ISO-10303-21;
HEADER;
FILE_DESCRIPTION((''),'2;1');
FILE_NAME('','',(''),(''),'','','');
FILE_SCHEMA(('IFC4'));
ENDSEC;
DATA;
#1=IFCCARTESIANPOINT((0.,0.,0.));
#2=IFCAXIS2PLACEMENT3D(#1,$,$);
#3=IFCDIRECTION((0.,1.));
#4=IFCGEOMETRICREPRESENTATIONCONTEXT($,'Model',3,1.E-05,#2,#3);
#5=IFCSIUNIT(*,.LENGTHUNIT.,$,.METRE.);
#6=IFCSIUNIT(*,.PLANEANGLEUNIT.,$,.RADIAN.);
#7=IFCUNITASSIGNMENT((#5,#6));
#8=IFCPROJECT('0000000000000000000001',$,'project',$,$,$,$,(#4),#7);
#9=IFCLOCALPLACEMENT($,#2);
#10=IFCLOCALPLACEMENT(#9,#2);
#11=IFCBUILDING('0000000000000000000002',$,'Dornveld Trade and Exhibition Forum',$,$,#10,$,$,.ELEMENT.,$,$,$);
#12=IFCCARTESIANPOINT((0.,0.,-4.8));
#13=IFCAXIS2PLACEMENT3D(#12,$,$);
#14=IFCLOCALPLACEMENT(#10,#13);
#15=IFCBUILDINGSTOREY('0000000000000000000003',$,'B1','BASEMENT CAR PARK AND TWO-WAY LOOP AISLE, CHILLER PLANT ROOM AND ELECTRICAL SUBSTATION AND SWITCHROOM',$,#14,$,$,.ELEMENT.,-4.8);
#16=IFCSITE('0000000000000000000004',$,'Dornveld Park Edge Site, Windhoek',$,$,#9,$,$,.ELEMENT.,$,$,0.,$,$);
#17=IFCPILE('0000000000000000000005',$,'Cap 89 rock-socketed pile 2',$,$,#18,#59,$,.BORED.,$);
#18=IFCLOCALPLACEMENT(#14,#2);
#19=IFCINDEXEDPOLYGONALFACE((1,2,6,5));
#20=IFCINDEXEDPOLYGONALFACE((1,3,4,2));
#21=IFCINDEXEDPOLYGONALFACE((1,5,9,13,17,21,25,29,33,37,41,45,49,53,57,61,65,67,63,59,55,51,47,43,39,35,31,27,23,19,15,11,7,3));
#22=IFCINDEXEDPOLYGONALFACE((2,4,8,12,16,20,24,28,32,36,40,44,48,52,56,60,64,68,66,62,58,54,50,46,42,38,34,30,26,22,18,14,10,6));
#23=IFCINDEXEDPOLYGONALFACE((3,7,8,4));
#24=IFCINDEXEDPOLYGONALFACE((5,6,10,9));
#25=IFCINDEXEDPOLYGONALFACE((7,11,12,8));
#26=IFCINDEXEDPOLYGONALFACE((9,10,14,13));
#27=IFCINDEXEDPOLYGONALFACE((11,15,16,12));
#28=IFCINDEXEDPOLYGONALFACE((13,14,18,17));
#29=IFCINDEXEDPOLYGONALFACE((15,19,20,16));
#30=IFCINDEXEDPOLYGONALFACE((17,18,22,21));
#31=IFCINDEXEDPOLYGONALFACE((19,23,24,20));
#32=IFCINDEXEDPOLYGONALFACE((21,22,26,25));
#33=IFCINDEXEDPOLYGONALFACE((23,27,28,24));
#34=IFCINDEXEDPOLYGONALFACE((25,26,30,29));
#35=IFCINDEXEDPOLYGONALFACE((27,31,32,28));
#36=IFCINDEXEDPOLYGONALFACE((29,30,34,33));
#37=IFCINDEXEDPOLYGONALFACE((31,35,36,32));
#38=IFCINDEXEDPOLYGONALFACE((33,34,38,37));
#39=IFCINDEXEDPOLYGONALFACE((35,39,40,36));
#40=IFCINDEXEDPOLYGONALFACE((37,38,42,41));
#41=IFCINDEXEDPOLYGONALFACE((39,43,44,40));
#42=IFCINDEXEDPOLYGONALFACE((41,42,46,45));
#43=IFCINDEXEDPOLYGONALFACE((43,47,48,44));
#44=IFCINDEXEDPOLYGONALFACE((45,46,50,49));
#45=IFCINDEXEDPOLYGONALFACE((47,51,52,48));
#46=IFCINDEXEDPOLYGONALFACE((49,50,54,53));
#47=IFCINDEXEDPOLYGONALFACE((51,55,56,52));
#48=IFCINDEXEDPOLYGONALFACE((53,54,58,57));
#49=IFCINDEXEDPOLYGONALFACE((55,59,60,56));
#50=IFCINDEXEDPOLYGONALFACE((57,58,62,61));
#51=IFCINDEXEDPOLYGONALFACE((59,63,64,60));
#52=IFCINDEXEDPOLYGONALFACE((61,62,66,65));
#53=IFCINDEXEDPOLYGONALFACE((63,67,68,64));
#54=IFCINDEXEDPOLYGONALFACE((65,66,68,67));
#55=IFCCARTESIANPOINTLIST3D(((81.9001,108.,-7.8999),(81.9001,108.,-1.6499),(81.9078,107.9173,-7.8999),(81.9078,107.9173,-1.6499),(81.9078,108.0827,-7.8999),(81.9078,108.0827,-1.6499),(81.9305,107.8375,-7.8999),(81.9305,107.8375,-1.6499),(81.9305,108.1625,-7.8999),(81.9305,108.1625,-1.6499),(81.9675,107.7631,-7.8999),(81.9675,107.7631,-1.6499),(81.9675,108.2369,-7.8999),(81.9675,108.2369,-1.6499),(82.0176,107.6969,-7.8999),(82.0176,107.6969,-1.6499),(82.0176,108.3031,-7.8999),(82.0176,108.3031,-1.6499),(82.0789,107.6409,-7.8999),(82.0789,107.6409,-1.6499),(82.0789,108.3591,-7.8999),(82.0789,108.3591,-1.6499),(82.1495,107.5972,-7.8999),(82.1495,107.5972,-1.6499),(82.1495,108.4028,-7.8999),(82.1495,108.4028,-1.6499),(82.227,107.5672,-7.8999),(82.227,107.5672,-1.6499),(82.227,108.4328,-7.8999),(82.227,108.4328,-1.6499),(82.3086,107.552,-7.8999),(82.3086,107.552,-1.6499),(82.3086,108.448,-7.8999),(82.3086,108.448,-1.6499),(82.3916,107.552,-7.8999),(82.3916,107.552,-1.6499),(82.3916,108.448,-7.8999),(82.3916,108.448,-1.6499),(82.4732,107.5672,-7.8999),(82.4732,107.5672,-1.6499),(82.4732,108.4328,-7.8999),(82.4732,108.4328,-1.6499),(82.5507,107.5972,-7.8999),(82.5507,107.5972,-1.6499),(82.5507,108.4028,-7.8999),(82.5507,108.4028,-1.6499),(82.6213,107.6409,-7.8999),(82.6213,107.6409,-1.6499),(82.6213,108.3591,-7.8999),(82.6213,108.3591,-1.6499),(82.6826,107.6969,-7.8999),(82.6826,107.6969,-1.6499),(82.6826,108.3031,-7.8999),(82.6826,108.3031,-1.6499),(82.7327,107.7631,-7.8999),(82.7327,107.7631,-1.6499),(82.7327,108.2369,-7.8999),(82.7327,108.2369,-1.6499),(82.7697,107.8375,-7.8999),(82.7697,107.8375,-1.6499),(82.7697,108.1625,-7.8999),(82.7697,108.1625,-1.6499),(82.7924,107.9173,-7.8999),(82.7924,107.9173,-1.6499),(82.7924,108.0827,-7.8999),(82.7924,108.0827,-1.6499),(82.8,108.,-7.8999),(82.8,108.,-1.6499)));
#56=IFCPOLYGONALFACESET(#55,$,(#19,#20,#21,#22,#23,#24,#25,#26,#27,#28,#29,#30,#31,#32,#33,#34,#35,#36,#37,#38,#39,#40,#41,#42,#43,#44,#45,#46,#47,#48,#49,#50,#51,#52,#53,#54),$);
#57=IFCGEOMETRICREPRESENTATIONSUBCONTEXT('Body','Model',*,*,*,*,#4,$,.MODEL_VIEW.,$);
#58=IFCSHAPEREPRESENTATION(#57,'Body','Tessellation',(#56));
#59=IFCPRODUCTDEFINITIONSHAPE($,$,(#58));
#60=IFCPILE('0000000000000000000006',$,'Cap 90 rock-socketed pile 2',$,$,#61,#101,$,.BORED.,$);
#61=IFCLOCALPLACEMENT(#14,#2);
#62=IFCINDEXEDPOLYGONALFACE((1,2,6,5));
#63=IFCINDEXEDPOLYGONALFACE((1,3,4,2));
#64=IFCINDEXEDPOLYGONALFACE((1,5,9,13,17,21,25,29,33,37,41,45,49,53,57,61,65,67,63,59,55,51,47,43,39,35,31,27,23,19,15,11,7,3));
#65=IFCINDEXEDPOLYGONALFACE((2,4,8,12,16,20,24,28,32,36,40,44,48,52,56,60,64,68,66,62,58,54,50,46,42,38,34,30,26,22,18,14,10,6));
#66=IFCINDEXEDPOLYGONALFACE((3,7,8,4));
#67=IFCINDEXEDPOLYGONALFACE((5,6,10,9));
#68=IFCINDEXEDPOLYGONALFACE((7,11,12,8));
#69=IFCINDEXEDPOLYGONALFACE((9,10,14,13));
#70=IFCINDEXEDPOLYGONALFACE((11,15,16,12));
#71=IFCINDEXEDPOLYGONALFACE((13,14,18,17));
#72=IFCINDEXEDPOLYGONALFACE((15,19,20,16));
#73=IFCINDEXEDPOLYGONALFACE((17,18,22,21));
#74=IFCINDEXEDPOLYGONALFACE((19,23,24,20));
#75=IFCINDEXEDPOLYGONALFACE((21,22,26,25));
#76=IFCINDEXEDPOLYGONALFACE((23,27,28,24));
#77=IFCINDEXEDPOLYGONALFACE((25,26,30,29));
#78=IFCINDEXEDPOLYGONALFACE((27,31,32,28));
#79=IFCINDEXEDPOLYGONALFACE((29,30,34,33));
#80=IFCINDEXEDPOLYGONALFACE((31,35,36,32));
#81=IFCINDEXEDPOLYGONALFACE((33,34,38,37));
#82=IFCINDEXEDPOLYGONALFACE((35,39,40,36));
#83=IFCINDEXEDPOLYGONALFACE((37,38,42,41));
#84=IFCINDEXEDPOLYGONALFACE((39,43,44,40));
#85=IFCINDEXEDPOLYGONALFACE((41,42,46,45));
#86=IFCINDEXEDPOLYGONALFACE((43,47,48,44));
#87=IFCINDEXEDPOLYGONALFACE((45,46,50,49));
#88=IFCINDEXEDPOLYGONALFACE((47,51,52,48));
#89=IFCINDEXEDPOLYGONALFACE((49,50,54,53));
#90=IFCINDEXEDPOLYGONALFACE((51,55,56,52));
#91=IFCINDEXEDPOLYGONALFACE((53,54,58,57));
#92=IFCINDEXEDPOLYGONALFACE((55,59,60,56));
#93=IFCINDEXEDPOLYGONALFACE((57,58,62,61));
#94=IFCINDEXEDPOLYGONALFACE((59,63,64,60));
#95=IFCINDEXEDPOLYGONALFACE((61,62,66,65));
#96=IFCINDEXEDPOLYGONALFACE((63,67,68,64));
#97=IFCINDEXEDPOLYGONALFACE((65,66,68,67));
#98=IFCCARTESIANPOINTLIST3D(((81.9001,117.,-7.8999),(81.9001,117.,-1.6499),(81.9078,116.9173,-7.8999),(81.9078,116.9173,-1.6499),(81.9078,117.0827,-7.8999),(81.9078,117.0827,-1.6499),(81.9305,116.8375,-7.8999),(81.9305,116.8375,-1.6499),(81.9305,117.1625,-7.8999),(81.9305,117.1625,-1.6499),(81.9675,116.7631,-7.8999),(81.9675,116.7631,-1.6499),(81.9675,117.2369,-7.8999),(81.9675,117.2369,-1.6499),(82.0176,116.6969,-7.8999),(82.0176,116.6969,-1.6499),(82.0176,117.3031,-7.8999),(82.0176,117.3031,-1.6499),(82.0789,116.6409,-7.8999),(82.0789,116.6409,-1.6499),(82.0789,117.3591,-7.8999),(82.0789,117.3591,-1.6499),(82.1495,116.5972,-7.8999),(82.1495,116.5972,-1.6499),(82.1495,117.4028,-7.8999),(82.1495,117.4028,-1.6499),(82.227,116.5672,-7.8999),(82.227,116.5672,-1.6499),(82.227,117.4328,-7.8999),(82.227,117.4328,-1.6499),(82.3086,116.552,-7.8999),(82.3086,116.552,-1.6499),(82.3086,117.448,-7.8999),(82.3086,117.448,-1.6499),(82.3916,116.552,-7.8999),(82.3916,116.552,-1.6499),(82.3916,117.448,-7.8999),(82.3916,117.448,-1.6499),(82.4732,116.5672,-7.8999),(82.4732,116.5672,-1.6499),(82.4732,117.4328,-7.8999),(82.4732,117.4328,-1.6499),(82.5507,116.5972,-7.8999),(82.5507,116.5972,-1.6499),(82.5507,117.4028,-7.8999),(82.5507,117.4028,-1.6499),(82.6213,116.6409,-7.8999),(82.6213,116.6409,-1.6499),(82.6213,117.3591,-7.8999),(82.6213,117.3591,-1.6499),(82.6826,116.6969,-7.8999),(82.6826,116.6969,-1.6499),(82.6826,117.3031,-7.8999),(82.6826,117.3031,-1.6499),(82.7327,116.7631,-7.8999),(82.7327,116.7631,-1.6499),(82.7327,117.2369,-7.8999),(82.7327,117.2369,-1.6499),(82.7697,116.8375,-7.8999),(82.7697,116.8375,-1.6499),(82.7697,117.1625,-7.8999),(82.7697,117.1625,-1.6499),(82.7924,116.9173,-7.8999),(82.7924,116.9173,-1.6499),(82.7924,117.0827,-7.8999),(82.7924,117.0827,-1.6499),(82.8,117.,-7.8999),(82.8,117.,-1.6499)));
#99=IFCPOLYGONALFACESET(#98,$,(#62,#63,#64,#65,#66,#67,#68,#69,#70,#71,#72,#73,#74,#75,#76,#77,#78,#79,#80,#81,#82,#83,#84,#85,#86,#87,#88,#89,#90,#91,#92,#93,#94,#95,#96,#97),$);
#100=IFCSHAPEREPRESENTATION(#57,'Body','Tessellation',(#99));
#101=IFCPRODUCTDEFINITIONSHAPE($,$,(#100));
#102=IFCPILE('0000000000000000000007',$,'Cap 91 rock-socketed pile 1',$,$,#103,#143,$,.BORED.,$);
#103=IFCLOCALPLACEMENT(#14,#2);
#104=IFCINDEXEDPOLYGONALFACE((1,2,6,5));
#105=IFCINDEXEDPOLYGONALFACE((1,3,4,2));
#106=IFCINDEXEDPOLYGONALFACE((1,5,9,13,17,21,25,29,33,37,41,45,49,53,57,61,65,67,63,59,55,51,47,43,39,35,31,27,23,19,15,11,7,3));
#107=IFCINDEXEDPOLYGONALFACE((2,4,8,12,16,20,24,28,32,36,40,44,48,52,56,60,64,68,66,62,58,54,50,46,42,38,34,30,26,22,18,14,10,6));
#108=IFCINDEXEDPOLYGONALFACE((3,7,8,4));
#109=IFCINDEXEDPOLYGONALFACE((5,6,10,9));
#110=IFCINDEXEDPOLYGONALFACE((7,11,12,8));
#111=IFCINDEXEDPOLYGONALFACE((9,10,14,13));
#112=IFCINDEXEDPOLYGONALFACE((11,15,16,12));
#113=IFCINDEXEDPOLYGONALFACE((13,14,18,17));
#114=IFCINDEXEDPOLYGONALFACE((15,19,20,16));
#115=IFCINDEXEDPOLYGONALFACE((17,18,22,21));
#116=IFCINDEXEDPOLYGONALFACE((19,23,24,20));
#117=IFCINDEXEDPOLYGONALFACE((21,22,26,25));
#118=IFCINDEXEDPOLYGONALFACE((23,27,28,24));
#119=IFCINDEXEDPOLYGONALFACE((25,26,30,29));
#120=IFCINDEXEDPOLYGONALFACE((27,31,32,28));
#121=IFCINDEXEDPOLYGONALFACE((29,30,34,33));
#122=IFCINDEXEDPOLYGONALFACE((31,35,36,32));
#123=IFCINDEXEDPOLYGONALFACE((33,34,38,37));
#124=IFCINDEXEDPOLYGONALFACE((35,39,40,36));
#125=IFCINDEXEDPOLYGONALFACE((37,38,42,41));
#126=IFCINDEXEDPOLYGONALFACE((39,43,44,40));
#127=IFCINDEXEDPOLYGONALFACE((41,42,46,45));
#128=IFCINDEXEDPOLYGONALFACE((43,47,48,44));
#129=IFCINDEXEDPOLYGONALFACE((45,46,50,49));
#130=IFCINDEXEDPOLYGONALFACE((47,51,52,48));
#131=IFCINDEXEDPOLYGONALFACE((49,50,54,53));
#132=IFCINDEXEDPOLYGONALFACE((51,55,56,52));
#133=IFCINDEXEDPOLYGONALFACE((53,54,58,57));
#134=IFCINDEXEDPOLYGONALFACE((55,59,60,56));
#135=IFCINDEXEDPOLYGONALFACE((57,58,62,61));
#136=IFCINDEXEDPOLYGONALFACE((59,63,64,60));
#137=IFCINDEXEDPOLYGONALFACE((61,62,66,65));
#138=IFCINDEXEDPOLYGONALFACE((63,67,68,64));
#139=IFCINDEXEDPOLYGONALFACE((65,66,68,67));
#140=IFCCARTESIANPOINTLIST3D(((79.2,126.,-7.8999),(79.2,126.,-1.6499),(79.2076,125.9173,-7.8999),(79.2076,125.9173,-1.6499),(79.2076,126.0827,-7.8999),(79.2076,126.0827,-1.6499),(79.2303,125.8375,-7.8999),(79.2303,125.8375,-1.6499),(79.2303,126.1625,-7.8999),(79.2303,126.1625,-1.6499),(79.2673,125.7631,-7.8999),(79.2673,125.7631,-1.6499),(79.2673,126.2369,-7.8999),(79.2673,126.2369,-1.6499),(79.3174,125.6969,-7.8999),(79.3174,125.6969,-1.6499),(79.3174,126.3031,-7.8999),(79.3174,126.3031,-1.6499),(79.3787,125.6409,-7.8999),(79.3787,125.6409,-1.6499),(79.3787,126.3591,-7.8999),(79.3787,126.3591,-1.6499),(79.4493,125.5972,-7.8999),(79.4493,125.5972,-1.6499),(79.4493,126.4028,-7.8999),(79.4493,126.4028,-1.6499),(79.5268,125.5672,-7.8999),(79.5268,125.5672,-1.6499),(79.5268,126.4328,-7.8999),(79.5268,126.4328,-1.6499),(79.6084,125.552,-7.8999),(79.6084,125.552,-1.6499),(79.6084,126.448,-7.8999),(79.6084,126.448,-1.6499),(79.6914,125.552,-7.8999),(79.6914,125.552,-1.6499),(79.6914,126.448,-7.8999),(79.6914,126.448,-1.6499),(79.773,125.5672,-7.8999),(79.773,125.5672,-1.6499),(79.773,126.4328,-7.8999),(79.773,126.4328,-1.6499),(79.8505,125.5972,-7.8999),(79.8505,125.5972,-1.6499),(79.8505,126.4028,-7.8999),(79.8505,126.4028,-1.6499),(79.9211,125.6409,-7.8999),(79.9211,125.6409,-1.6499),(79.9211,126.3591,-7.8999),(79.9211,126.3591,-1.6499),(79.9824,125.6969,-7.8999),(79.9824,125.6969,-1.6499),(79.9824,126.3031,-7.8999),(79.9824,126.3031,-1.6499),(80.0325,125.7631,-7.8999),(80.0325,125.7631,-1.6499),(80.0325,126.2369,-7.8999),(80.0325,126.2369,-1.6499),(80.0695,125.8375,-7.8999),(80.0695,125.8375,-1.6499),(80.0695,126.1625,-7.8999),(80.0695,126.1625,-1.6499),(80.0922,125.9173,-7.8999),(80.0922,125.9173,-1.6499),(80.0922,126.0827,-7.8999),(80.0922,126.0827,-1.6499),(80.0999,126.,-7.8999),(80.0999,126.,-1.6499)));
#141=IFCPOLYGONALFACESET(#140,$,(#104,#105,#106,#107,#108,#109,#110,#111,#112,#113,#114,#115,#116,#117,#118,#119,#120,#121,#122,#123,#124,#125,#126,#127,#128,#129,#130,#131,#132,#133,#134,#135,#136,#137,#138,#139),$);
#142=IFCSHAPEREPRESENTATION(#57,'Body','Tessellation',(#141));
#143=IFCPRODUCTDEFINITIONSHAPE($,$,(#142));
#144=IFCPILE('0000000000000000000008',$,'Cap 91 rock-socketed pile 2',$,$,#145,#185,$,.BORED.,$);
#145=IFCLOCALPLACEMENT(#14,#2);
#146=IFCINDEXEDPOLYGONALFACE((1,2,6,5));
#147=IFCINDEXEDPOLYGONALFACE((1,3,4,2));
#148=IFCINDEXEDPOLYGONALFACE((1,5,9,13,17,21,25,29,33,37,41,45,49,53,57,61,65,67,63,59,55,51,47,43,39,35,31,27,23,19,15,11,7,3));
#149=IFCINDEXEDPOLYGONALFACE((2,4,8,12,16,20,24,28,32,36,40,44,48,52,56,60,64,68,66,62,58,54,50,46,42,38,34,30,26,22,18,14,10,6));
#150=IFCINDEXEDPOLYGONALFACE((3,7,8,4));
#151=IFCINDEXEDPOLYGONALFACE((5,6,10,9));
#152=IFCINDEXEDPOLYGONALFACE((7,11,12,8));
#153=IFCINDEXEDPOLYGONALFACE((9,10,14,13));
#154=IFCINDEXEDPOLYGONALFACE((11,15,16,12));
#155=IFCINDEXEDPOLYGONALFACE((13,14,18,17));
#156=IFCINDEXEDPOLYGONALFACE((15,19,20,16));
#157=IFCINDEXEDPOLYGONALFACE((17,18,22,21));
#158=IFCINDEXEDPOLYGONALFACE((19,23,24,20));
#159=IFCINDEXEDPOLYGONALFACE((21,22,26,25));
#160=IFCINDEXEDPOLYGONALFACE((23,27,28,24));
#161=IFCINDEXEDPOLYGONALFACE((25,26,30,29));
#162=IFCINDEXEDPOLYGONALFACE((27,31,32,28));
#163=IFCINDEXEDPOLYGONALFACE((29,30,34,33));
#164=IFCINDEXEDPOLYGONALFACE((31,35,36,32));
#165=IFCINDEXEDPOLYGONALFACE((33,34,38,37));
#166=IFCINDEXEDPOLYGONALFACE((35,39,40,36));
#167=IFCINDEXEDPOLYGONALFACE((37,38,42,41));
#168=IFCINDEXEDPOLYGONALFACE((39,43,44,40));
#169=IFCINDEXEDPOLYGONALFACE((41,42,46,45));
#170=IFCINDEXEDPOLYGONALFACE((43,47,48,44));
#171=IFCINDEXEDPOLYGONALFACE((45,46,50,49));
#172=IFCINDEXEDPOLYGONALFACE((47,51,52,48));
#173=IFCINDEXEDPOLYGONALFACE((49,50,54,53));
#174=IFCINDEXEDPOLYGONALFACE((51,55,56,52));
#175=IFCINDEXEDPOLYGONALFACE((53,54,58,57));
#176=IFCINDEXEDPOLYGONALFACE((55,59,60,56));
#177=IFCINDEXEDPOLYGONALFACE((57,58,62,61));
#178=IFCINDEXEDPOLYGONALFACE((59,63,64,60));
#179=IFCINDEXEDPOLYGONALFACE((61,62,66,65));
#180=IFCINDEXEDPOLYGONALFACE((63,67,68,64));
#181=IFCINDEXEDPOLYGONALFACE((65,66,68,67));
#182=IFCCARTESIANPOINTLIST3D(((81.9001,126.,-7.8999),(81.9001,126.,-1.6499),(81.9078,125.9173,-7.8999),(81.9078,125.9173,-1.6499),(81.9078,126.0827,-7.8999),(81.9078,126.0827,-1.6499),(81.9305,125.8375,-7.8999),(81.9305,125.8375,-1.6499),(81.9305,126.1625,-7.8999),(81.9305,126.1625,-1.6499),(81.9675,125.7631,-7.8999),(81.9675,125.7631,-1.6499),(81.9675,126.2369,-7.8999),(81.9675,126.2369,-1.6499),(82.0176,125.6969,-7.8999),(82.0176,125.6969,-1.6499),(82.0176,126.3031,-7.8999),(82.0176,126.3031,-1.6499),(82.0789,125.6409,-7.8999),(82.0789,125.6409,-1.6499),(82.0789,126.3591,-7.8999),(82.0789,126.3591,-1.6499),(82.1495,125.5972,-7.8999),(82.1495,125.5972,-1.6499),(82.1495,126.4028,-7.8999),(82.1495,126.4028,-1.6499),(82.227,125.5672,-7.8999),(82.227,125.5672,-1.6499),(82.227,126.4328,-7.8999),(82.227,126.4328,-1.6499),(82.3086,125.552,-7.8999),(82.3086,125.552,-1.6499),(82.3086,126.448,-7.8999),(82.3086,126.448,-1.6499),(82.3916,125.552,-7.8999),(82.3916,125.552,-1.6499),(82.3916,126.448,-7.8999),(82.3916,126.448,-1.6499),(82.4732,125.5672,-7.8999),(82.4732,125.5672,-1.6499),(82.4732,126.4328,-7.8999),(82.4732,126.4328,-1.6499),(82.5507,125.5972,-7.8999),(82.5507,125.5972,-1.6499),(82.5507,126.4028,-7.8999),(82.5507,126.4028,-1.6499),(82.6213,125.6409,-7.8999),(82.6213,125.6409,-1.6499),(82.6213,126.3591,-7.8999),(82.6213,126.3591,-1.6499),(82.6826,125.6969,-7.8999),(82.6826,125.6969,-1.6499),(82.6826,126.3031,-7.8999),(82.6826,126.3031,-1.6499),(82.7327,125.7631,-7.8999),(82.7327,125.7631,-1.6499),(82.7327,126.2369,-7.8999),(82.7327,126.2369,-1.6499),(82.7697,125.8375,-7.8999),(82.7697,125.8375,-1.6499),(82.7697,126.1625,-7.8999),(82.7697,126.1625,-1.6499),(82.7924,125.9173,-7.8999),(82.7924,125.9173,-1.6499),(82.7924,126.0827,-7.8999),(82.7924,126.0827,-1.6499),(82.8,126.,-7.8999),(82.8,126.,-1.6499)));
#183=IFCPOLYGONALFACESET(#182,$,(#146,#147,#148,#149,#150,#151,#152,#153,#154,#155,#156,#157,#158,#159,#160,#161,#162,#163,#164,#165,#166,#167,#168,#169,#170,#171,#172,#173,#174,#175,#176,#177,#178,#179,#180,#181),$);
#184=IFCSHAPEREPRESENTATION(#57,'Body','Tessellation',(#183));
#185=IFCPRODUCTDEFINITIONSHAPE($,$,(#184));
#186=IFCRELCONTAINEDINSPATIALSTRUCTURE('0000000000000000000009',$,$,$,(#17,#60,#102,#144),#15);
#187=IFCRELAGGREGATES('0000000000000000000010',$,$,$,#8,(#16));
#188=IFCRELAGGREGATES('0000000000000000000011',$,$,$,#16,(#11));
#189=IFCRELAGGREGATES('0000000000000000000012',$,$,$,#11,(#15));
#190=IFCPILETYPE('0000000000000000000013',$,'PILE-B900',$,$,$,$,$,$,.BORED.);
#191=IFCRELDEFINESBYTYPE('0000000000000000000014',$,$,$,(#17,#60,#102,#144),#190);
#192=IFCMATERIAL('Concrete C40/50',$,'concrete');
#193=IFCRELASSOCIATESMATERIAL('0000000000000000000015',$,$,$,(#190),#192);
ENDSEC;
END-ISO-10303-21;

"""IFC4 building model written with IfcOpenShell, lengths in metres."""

from ifc_helpers import new_model, si_unit, direction, frame, origin, origin_2d, place, context, subcontext, project, spatial, circle, extrude, material, material_profile, profile_set, type_object, element, save


model = new_model("IFC4")

# Units and contexts
model_context = context("Model", 3, precision=1e-05, world=origin(), true_north=direction((0.0, 1.0)))
body_context = subcontext(model_context, "Body", "Model", "MODEL_VIEW")
ifc_project = project(units=[si_unit("LENGTHUNIT", "METRE"), si_unit("PLANEANGLEUNIT", "RADIAN")], contexts=[model_context])

# Site, building, storey
site_placement = place(None, origin())
site = spatial("IfcSite", under=ifc_project, at=site_placement, Name="Dornveld Park Edge Site, Windhoek", CompositionType="ELEMENT", RefElevation=0.0)
building_placement = place(site_placement, origin())
building = spatial("IfcBuilding", under=site, at=building_placement, Name="Dornveld Trade and Exhibition Forum", CompositionType="ELEMENT")
storey_placement = place(building_placement, frame((0.0, 0.0, -4.8)))
storey = spatial("IfcBuildingStorey", under=building, at=storey_placement, Name="B1", Description="BASEMENT CAR PARK AND TWO-WAY LOOP AISLE, CHILLER PLANT ROOM AND ELECTRICAL SUBSTATION AND SWITCHROOM", CompositionType="ELEMENT", Elevation=-4.8)

# Piles
ifc_material_1 = material(Name="Concrete C40/50", Category="concrete")
ifc_material_profile_1 = material_profile(ifc_material_1, circle(Radius=0.45, at=origin_2d()), Name="PILE D900")
ifc_profile_set_1 = profile_set([ifc_material_profile_1], Name="Concrete C40/50")
pile_type = type_object("IfcPileType", Name="PILE-B900", PredefinedType="BORED", material=ifc_profile_set_1)
for number, where, z_axis, x_axis, name in (
    (1, (82.3501, 108.0, -1.6499), (0.0, 0.0, -1.0), (1.0, 0.0, 0.0), "Cap 89 rock-socketed pile 2"),
    (2, (82.3501, 117.0, -1.6499), (0.0, 0.0, -1.0), (1.0, 0.0, 0.0), "Cap 90 rock-socketed pile 2"),
    (3, (79.6499, 126.0, -1.6499), (0.0, 0.0, -1.0), (1.0, 0.0, 0.0), "Cap 91 rock-socketed pile 1"),
    (4, (82.3501, 126.0, -1.6499), (0.0, 0.0, -1.0), (1.0, 0.0, 0.0), "Cap 91 rock-socketed pile 2"),
):
    element("IfcPile", number, at=place(storey_placement, frame(where, z_axis=z_axis, x_axis=x_axis)), inside=storey, type_object=pile_type, Name=name, PredefinedType="BORED", context=body_context, shape_type="SweptSolid", body=[
        extrude(circle(Radius=0.45, at=origin_2d()), origin(), (0.0, 0.0, 1.0), 6.25),
    ])

save(model, "model.ifc")
